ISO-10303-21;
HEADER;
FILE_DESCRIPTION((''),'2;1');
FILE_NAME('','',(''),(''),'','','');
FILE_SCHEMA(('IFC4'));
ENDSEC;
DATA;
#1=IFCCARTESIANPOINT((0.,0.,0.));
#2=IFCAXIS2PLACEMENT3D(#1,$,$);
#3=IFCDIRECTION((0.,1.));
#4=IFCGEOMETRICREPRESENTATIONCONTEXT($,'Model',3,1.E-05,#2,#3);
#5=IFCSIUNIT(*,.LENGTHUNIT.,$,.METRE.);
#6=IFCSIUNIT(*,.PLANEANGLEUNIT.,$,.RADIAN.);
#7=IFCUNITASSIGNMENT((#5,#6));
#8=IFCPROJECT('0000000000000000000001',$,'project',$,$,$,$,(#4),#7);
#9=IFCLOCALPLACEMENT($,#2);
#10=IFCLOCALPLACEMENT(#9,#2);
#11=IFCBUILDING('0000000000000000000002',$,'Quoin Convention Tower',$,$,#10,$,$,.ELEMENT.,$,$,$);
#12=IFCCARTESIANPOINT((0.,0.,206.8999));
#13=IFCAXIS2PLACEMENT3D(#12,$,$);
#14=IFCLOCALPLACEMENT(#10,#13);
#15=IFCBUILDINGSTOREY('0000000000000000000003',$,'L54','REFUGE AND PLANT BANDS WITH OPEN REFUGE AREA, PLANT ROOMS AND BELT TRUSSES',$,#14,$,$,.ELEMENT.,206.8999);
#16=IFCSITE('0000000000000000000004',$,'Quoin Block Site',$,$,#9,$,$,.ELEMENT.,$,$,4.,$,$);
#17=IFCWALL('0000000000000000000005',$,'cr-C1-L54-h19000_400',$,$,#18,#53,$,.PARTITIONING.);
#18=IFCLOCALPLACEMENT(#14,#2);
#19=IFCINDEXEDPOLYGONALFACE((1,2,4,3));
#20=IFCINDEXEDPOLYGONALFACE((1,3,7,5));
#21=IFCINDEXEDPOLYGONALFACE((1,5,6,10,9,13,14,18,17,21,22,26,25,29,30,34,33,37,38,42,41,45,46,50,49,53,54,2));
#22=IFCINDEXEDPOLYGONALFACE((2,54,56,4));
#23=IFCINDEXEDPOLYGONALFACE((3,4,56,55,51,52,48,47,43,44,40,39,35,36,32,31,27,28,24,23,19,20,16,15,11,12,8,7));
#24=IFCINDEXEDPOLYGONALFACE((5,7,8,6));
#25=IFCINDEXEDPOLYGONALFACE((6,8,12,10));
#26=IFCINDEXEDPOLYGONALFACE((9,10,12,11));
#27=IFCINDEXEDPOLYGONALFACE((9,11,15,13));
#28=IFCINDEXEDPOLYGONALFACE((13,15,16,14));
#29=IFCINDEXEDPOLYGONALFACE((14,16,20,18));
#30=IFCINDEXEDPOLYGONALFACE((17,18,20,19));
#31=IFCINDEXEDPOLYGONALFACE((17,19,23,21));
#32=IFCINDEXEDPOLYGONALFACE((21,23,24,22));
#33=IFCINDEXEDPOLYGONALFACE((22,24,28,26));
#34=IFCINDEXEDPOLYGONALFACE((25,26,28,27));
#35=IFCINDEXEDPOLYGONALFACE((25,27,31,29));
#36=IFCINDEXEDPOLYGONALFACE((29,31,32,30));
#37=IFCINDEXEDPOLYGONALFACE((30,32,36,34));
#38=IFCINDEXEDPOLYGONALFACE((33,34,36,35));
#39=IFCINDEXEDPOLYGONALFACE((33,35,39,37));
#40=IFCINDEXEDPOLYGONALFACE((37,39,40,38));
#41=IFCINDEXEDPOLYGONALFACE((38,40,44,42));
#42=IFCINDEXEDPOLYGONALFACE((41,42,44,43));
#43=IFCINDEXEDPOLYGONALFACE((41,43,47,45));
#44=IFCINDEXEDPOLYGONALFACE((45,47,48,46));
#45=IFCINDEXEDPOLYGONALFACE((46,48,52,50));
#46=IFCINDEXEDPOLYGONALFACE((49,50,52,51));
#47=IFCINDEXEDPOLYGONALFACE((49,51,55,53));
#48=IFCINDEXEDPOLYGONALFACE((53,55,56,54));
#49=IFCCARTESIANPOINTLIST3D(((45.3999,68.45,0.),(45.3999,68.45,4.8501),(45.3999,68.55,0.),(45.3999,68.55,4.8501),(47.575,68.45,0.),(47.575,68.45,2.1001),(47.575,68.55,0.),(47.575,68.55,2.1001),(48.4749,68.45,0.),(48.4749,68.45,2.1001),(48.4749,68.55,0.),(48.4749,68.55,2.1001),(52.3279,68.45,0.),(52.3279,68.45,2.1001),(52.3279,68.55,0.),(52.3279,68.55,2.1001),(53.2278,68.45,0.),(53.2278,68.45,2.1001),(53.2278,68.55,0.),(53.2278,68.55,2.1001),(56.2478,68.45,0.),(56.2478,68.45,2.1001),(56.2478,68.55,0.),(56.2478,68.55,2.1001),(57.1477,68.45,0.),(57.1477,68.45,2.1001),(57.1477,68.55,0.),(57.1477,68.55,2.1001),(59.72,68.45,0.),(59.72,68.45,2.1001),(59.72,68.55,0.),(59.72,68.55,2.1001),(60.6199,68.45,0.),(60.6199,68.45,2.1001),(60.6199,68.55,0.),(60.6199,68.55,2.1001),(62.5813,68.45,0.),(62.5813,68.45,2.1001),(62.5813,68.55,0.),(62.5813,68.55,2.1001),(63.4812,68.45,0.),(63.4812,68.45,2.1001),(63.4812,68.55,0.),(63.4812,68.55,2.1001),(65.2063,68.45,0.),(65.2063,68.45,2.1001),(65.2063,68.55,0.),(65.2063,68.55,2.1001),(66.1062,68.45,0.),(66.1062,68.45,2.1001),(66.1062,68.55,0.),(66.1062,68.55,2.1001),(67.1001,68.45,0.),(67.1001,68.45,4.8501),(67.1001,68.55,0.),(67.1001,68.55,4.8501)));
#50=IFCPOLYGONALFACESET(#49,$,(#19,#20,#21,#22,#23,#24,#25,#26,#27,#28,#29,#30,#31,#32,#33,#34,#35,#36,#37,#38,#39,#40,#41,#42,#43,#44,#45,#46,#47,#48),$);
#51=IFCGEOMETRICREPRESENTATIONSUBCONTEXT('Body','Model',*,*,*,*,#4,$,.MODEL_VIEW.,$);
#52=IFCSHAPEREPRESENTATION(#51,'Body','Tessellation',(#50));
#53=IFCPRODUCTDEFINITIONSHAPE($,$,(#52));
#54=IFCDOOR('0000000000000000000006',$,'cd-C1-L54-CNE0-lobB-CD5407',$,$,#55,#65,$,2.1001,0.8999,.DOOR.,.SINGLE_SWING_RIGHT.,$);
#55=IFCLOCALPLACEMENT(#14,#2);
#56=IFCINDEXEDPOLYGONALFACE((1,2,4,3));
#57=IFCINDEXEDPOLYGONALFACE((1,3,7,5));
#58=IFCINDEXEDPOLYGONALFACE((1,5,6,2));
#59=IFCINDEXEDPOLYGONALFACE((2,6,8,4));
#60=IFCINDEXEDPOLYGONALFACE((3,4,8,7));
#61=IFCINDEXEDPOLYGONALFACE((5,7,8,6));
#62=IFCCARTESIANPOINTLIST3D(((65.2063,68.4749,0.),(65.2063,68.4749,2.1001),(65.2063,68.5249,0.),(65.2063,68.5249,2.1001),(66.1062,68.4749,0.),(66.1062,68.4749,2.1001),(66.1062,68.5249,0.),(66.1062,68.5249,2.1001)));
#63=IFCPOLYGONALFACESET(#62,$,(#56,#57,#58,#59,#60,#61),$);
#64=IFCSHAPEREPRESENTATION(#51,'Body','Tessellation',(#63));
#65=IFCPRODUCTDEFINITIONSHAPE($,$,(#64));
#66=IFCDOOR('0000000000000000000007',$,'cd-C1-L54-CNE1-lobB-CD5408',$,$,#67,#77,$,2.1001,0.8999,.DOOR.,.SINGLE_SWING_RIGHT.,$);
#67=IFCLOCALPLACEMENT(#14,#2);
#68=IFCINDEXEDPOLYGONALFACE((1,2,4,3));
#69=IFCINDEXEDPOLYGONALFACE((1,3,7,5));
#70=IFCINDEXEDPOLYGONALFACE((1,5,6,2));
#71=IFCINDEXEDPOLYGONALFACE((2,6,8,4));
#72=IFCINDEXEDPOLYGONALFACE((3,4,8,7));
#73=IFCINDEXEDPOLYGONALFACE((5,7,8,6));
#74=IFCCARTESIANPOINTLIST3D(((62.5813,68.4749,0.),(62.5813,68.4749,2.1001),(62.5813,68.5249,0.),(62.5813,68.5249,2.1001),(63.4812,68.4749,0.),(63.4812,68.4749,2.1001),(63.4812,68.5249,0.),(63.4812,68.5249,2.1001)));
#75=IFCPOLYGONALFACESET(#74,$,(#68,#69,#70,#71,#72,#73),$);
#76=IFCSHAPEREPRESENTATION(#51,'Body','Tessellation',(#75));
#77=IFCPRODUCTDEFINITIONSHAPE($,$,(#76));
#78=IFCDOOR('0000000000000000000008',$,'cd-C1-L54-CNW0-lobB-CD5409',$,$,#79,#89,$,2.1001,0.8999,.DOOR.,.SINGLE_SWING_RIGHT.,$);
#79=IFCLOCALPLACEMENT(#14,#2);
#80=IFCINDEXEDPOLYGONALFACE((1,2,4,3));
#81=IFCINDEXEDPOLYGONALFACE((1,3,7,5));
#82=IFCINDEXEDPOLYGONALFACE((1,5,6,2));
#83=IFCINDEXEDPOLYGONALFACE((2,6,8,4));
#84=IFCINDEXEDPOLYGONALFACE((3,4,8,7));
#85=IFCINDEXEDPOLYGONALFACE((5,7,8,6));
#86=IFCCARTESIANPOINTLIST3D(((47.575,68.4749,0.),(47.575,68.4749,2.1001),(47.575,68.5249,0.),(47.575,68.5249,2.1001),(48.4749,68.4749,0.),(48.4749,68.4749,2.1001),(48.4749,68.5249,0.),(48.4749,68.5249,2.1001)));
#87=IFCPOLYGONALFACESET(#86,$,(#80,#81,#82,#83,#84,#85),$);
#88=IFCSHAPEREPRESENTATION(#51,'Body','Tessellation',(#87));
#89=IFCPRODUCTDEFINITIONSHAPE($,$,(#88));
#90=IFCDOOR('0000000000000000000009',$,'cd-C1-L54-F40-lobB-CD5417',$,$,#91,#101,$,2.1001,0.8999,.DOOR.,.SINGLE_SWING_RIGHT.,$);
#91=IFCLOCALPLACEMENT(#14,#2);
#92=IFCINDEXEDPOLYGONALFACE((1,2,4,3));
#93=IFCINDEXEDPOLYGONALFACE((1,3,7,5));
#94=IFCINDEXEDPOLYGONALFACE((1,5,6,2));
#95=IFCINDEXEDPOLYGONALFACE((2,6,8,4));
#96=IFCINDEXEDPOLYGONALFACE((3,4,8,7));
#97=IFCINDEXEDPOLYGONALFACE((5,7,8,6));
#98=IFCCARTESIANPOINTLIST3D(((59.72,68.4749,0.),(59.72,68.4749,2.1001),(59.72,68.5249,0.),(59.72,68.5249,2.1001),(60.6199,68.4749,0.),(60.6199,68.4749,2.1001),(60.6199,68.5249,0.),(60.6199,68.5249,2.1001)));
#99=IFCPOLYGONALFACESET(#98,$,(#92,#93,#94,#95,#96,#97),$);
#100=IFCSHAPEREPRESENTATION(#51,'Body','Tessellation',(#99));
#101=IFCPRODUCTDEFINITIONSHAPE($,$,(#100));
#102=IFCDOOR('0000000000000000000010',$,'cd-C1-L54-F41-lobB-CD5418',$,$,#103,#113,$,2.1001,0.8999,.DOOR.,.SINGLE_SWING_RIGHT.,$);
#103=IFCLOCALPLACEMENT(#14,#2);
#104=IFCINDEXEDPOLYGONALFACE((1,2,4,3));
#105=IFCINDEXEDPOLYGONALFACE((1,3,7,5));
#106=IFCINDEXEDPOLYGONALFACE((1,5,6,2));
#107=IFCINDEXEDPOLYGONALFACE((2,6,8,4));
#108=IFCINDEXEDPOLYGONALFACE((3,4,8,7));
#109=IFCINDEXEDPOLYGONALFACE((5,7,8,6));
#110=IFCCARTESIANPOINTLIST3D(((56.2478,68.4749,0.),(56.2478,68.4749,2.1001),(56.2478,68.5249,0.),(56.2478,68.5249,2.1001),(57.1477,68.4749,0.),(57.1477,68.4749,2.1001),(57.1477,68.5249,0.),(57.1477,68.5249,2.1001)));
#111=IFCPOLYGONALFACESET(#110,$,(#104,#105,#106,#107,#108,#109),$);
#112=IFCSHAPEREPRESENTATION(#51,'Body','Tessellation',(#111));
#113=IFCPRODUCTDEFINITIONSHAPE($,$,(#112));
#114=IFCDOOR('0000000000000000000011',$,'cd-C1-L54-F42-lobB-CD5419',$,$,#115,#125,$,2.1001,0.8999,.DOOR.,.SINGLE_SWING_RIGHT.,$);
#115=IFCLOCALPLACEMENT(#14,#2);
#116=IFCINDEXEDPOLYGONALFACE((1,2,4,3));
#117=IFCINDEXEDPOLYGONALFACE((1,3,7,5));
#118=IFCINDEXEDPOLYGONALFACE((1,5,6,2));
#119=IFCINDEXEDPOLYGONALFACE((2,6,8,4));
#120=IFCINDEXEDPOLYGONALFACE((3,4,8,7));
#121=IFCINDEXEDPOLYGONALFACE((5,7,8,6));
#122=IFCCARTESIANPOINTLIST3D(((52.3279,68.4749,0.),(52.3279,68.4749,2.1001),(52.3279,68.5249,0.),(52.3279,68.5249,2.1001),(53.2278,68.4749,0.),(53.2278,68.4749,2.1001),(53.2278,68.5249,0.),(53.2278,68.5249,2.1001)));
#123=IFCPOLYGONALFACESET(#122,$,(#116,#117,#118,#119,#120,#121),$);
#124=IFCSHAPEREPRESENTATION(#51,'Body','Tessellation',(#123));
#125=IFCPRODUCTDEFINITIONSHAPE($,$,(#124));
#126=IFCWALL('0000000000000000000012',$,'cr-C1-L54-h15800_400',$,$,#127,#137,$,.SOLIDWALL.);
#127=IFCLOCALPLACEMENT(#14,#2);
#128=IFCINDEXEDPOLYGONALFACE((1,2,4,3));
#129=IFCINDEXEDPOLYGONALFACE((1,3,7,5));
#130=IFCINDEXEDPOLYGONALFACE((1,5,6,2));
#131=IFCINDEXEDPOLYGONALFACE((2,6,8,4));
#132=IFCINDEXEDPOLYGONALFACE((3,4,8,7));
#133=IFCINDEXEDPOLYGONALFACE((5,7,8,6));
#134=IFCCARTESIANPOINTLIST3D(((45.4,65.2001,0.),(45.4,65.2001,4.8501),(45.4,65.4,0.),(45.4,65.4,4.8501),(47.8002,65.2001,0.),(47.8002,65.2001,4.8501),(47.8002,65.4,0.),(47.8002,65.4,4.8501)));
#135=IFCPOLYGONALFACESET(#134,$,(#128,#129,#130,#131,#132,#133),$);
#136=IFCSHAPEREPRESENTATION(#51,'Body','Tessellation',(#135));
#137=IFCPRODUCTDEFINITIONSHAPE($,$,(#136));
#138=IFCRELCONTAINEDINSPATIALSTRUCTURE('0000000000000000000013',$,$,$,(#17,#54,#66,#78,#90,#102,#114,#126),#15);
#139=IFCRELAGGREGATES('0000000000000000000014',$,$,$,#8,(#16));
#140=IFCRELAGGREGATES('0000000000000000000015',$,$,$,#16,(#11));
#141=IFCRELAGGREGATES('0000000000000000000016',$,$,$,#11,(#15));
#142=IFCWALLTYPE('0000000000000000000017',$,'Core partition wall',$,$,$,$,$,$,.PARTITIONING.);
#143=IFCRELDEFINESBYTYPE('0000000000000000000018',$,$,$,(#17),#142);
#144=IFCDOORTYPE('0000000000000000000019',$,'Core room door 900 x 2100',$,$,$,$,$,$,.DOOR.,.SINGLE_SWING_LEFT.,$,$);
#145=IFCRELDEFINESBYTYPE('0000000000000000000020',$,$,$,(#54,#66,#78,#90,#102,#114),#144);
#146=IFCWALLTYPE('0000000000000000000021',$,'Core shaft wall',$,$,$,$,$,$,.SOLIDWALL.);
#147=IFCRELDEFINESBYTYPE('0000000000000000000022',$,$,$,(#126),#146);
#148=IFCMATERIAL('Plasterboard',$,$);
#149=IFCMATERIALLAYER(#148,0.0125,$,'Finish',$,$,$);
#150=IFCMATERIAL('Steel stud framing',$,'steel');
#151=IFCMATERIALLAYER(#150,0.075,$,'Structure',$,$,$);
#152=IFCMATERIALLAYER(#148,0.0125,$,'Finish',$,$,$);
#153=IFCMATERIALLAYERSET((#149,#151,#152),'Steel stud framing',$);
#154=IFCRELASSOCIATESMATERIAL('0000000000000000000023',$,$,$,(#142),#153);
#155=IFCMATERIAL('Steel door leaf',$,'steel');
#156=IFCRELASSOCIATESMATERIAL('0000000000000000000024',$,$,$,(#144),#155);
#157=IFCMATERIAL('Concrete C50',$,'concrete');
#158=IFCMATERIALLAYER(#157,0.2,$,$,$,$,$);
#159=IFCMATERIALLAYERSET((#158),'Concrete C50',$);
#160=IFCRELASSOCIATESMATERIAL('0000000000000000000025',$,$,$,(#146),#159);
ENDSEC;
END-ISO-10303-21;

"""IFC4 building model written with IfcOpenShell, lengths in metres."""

from ifc_helpers import new_model, si_unit, direction, frame, frame_2d, origin, place, context, subcontext, project, spatial, rectangle, extrude, material, layer, layer_set, type_object, element, fill, save


model = new_model("IFC4")

# Units and contexts
model_context = context("Model", 3, precision=1e-05, world=origin(), true_north=direction((0.0, 1.0)))
body_context = subcontext(model_context, "Body", "Model", "MODEL_VIEW")
ifc_project = project(units=[si_unit("LENGTHUNIT", "METRE"), si_unit("PLANEANGLEUNIT", "RADIAN")], contexts=[model_context])

# Site, building, storey
site_placement = place(None, origin())
site = spatial("IfcSite", under=ifc_project, at=site_placement, Name="Quoin Block Site", CompositionType="ELEMENT", RefElevation=4.0)
building_placement = place(site_placement, origin())
building = spatial("IfcBuilding", under=site, at=building_placement, Name="Quoin Convention Tower", CompositionType="ELEMENT")
storey_placement = place(building_placement, frame((0.0, 0.0, 206.8999)))
storey = spatial("IfcBuildingStorey", under=building, at=storey_placement, Name="L54", Description="REFUGE AND PLANT BANDS WITH OPEN REFUGE AREA, PLANT ROOMS AND BELT TRUSSES", CompositionType="ELEMENT", Elevation=206.8999)

# Shared definitions
ifc_material_1 = material(Name="Concrete C50", Category="concrete")

# Wall, openings, doors
ifc_material_2 = material(Name="Plasterboard")
ifc_layer_1 = layer(ifc_material_2, 0.0125, Name="Finish")
ifc_material_3 = material(Name="Steel stud framing", Category="steel")
ifc_layer_2 = layer(ifc_material_3, 0.075, Name="Structure")
ifc_layer_3 = layer(ifc_material_2, 0.0125, Name="Finish")
ifc_layer_set_1 = layer_set([ifc_layer_1, ifc_layer_2, ifc_layer_3], Name="Steel stud framing")
wall_type_1 = type_object("IfcWallType", Name="Core partition wall", PredefinedType="PARTITIONING", material=ifc_layer_set_1)
wall_1_placement = place(storey_placement, frame((45.3999, 68.5, 0.0), z_axis=(0.0, 0.0, 1.0), x_axis=(1.0, 0.0, 0.0)))
wall_1 = element("IfcWall", 1, at=wall_1_placement, inside=storey, type_object=wall_type_1, Name="cr-C1-L54-h19000_400", PredefinedType="PARTITIONING", context=body_context, shape_type="SweptSolid", body=[
    extrude(rectangle(XDim=21.7002, YDim=0.1001, at=frame_2d((10.8501, 0.0))), origin(), (0.0, 0.0, 1.0), 4.8501),
])
opening_1_placement = place(wall_1_placement, frame((19.8064, 0.0, 0.0)))
opening_1 = element("IfcOpeningElement", 2, at=opening_1_placement, cuts=wall_1, PredefinedType="OPENING", context=body_context, shape_type="SweptSolid", body=[
    extrude(rectangle(XDim=0.8999, YDim=2.1001, at=frame_2d((0.45, 1.05))), frame((0.0, 0.0601, 0.0), z_axis=(0.0, -1.0, 0.0), x_axis=(1.0, 0.0, 0.0)), (0.0, 0.0, 1.0), 0.1201),
])
opening_2_placement = place(wall_1_placement, frame((17.1814, 0.0, 0.0)))
opening_2 = element("IfcOpeningElement", 3, at=opening_2_placement, cuts=wall_1, PredefinedType="OPENING", context=body_context, shape_type="SweptSolid", body=[
    extrude(rectangle(XDim=0.8999, YDim=2.1001, at=frame_2d((0.45, 1.05))), frame((0.0, 0.0601, 0.0), z_axis=(0.0, -1.0, 0.0), x_axis=(1.0, 0.0, 0.0)), (0.0, 0.0, 1.0), 0.1201),
])
opening_3_placement = place(wall_1_placement, frame((2.175, 0.0, 0.0)))
opening_3 = element("IfcOpeningElement", 4, at=opening_3_placement, cuts=wall_1, PredefinedType="OPENING", context=body_context, shape_type="SweptSolid", body=[
    extrude(rectangle(XDim=0.8999, YDim=2.1001, at=frame_2d((0.45, 1.05))), frame((0.0, 0.0601, 0.0), z_axis=(0.0, -1.0, 0.0), x_axis=(1.0, 0.0, 0.0)), (0.0, 0.0, 1.0), 0.1201),
])
opening_4_placement = place(wall_1_placement, frame((14.3201, 0.0, 0.0)))
opening_4 = element("IfcOpeningElement", 5, at=opening_4_placement, cuts=wall_1, PredefinedType="OPENING", context=body_context, shape_type="SweptSolid", body=[
    extrude(rectangle(XDim=0.8999, YDim=2.1001, at=frame_2d((0.45, 1.05))), frame((0.0, 0.0601, 0.0), z_axis=(0.0, -1.0, 0.0), x_axis=(1.0, 0.0, 0.0)), (0.0, 0.0, 1.0), 0.1201),
])
opening_5_placement = place(wall_1_placement, frame((10.8479, 0.0, 0.0)))
opening_5 = element("IfcOpeningElement", 6, at=opening_5_placement, cuts=wall_1, PredefinedType="OPENING", context=body_context, shape_type="SweptSolid", body=[
    extrude(rectangle(XDim=0.8999, YDim=2.1001, at=frame_2d((0.45, 1.05))), frame((0.0, 0.0601, 0.0), z_axis=(0.0, -1.0, 0.0), x_axis=(1.0, 0.0, 0.0)), (0.0, 0.0, 1.0), 0.1201),
])
opening_6_placement = place(wall_1_placement, frame((6.928, 0.0, 0.0)))
opening_6 = element("IfcOpeningElement", 7, at=opening_6_placement, cuts=wall_1, PredefinedType="OPENING", context=body_context, shape_type="SweptSolid", body=[
    extrude(rectangle(XDim=0.8999, YDim=2.1001, at=frame_2d((0.45, 1.05))), frame((0.0, 0.0601, 0.0), z_axis=(0.0, -1.0, 0.0), x_axis=(1.0, 0.0, 0.0)), (0.0, 0.0, 1.0), 0.1201),
])
ifc_material_4 = material(Name="Steel door leaf", Category="steel")
door_type_1 = type_object("IfcDoorType", Name="Core room door 900 x 2100", OperationType="SINGLE_SWING_LEFT", PredefinedType="DOOR", material=ifc_material_4)
door_1_placement = place(opening_1_placement, origin())
door_1 = element("IfcDoor", 8, at=door_1_placement, inside=storey, type_object=door_type_1, Name="cd-C1-L54-CNE0-lobB-CD5407", OperationType="SINGLE_SWING_RIGHT", OverallHeight=2.1001, OverallWidth=0.8999, PredefinedType="DOOR", context=body_context, shape_type="SweptSolid", body=[
    extrude(rectangle(XDim=0.8999, YDim=2.1001, at=frame_2d((0.45, 1.05))), frame((0.0, 0.0249, 0.0), z_axis=(0.0, -1.0, 0.0), x_axis=(1.0, 0.0, 0.0)), (0.0, 0.0, 1.0), 0.05),
])
fill(opening_1, door_1)
door_2_placement = place(opening_2_placement, origin())
door_2 = element("IfcDoor", 9, at=door_2_placement, inside=storey, type_object=door_type_1, Name="cd-C1-L54-CNE1-lobB-CD5408", OperationType="SINGLE_SWING_RIGHT", OverallHeight=2.1001, OverallWidth=0.8999, PredefinedType="DOOR", context=body_context, shape_type="SweptSolid", body=[
    extrude(rectangle(XDim=0.8999, YDim=2.1001, at=frame_2d((0.45, 1.05))), frame((0.0, 0.0249, 0.0), z_axis=(0.0, -1.0, 0.0), x_axis=(1.0, 0.0, 0.0)), (0.0, 0.0, 1.0), 0.05),
])
fill(opening_2, door_2)
door_3_placement = place(opening_3_placement, origin())
door_3 = element("IfcDoor", 10, at=door_3_placement, inside=storey, type_object=door_type_1, Name="cd-C1-L54-CNW0-lobB-CD5409", OperationType="SINGLE_SWING_RIGHT", OverallHeight=2.1001, OverallWidth=0.8999, PredefinedType="DOOR", context=body_context, shape_type="SweptSolid", body=[
    extrude(rectangle(XDim=0.8999, YDim=2.1001, at=frame_2d((0.45, 1.05))), frame((0.0, 0.0249, 0.0), z_axis=(0.0, -1.0, 0.0), x_axis=(1.0, 0.0, 0.0)), (0.0, 0.0, 1.0), 0.05),
])
fill(opening_3, door_3)
door_4_placement = place(opening_4_placement, origin())
door_4 = element("IfcDoor", 11, at=door_4_placement, inside=storey, type_object=door_type_1, Name="cd-C1-L54-F40-lobB-CD5417", OperationType="SINGLE_SWING_RIGHT", OverallHeight=2.1001, OverallWidth=0.8999, PredefinedType="DOOR", context=body_context, shape_type="SweptSolid", body=[
    extrude(rectangle(XDim=0.8999, YDim=2.1001, at=frame_2d((0.45, 1.05))), frame((0.0, 0.0249, 0.0), z_axis=(0.0, -1.0, 0.0), x_axis=(1.0, 0.0, 0.0)), (0.0, 0.0, 1.0), 0.05),
])
fill(opening_4, door_4)
door_5_placement = place(opening_5_placement, origin())
door_5 = element("IfcDoor", 12, at=door_5_placement, inside=storey, type_object=door_type_1, Name="cd-C1-L54-F41-lobB-CD5418", OperationType="SINGLE_SWING_RIGHT", OverallHeight=2.1001, OverallWidth=0.8999, PredefinedType="DOOR", context=body_context, shape_type="SweptSolid", body=[
    extrude(rectangle(XDim=0.8999, YDim=2.1001, at=frame_2d((0.45, 1.05))), frame((0.0, 0.0249, 0.0), z_axis=(0.0, -1.0, 0.0), x_axis=(1.0, 0.0, 0.0)), (0.0, 0.0, 1.0), 0.05),
])
fill(opening_5, door_5)
door_6_placement = place(opening_6_placement, origin())
door_6 = element("IfcDoor", 13, at=door_6_placement, inside=storey, type_object=door_type_1, Name="cd-C1-L54-F42-lobB-CD5419", OperationType="SINGLE_SWING_RIGHT", OverallHeight=2.1001, OverallWidth=0.8999, PredefinedType="DOOR", context=body_context, shape_type="SweptSolid", body=[
    extrude(rectangle(XDim=0.8999, YDim=2.1001, at=frame_2d((0.45, 1.05))), frame((0.0, 0.0249, 0.0), z_axis=(0.0, -1.0, 0.0), x_axis=(1.0, 0.0, 0.0)), (0.0, 0.0, 1.0), 0.05),
])
fill(opening_6, door_6)

# Wall
ifc_layer_4 = layer(ifc_material_1, 0.2)
ifc_layer_set_2 = layer_set([ifc_layer_4], Name="Concrete C50")
wall_type_2 = type_object("IfcWallType", Name="Core shaft wall", PredefinedType="SOLIDWALL", material=ifc_layer_set_2)
wall_2_placement = place(storey_placement, frame((45.3999, 65.3, 0.0), z_axis=(0.0, 0.0, 1.0), x_axis=(1.0, 0.0, 0.0)))
element("IfcWall", 14, at=wall_2_placement, inside=storey, type_object=wall_type_2, Name="cr-C1-L54-h15800_400", PredefinedType="SOLIDWALL", context=body_context, shape_type="SweptSolid", body=[
    extrude(rectangle(XDim=2.4001, YDim=0.2, at=frame_2d((1.2002, 0.0))), origin(), (0.0, 0.0, 1.0), 4.8501),
])

save(model, "model.ifc")
